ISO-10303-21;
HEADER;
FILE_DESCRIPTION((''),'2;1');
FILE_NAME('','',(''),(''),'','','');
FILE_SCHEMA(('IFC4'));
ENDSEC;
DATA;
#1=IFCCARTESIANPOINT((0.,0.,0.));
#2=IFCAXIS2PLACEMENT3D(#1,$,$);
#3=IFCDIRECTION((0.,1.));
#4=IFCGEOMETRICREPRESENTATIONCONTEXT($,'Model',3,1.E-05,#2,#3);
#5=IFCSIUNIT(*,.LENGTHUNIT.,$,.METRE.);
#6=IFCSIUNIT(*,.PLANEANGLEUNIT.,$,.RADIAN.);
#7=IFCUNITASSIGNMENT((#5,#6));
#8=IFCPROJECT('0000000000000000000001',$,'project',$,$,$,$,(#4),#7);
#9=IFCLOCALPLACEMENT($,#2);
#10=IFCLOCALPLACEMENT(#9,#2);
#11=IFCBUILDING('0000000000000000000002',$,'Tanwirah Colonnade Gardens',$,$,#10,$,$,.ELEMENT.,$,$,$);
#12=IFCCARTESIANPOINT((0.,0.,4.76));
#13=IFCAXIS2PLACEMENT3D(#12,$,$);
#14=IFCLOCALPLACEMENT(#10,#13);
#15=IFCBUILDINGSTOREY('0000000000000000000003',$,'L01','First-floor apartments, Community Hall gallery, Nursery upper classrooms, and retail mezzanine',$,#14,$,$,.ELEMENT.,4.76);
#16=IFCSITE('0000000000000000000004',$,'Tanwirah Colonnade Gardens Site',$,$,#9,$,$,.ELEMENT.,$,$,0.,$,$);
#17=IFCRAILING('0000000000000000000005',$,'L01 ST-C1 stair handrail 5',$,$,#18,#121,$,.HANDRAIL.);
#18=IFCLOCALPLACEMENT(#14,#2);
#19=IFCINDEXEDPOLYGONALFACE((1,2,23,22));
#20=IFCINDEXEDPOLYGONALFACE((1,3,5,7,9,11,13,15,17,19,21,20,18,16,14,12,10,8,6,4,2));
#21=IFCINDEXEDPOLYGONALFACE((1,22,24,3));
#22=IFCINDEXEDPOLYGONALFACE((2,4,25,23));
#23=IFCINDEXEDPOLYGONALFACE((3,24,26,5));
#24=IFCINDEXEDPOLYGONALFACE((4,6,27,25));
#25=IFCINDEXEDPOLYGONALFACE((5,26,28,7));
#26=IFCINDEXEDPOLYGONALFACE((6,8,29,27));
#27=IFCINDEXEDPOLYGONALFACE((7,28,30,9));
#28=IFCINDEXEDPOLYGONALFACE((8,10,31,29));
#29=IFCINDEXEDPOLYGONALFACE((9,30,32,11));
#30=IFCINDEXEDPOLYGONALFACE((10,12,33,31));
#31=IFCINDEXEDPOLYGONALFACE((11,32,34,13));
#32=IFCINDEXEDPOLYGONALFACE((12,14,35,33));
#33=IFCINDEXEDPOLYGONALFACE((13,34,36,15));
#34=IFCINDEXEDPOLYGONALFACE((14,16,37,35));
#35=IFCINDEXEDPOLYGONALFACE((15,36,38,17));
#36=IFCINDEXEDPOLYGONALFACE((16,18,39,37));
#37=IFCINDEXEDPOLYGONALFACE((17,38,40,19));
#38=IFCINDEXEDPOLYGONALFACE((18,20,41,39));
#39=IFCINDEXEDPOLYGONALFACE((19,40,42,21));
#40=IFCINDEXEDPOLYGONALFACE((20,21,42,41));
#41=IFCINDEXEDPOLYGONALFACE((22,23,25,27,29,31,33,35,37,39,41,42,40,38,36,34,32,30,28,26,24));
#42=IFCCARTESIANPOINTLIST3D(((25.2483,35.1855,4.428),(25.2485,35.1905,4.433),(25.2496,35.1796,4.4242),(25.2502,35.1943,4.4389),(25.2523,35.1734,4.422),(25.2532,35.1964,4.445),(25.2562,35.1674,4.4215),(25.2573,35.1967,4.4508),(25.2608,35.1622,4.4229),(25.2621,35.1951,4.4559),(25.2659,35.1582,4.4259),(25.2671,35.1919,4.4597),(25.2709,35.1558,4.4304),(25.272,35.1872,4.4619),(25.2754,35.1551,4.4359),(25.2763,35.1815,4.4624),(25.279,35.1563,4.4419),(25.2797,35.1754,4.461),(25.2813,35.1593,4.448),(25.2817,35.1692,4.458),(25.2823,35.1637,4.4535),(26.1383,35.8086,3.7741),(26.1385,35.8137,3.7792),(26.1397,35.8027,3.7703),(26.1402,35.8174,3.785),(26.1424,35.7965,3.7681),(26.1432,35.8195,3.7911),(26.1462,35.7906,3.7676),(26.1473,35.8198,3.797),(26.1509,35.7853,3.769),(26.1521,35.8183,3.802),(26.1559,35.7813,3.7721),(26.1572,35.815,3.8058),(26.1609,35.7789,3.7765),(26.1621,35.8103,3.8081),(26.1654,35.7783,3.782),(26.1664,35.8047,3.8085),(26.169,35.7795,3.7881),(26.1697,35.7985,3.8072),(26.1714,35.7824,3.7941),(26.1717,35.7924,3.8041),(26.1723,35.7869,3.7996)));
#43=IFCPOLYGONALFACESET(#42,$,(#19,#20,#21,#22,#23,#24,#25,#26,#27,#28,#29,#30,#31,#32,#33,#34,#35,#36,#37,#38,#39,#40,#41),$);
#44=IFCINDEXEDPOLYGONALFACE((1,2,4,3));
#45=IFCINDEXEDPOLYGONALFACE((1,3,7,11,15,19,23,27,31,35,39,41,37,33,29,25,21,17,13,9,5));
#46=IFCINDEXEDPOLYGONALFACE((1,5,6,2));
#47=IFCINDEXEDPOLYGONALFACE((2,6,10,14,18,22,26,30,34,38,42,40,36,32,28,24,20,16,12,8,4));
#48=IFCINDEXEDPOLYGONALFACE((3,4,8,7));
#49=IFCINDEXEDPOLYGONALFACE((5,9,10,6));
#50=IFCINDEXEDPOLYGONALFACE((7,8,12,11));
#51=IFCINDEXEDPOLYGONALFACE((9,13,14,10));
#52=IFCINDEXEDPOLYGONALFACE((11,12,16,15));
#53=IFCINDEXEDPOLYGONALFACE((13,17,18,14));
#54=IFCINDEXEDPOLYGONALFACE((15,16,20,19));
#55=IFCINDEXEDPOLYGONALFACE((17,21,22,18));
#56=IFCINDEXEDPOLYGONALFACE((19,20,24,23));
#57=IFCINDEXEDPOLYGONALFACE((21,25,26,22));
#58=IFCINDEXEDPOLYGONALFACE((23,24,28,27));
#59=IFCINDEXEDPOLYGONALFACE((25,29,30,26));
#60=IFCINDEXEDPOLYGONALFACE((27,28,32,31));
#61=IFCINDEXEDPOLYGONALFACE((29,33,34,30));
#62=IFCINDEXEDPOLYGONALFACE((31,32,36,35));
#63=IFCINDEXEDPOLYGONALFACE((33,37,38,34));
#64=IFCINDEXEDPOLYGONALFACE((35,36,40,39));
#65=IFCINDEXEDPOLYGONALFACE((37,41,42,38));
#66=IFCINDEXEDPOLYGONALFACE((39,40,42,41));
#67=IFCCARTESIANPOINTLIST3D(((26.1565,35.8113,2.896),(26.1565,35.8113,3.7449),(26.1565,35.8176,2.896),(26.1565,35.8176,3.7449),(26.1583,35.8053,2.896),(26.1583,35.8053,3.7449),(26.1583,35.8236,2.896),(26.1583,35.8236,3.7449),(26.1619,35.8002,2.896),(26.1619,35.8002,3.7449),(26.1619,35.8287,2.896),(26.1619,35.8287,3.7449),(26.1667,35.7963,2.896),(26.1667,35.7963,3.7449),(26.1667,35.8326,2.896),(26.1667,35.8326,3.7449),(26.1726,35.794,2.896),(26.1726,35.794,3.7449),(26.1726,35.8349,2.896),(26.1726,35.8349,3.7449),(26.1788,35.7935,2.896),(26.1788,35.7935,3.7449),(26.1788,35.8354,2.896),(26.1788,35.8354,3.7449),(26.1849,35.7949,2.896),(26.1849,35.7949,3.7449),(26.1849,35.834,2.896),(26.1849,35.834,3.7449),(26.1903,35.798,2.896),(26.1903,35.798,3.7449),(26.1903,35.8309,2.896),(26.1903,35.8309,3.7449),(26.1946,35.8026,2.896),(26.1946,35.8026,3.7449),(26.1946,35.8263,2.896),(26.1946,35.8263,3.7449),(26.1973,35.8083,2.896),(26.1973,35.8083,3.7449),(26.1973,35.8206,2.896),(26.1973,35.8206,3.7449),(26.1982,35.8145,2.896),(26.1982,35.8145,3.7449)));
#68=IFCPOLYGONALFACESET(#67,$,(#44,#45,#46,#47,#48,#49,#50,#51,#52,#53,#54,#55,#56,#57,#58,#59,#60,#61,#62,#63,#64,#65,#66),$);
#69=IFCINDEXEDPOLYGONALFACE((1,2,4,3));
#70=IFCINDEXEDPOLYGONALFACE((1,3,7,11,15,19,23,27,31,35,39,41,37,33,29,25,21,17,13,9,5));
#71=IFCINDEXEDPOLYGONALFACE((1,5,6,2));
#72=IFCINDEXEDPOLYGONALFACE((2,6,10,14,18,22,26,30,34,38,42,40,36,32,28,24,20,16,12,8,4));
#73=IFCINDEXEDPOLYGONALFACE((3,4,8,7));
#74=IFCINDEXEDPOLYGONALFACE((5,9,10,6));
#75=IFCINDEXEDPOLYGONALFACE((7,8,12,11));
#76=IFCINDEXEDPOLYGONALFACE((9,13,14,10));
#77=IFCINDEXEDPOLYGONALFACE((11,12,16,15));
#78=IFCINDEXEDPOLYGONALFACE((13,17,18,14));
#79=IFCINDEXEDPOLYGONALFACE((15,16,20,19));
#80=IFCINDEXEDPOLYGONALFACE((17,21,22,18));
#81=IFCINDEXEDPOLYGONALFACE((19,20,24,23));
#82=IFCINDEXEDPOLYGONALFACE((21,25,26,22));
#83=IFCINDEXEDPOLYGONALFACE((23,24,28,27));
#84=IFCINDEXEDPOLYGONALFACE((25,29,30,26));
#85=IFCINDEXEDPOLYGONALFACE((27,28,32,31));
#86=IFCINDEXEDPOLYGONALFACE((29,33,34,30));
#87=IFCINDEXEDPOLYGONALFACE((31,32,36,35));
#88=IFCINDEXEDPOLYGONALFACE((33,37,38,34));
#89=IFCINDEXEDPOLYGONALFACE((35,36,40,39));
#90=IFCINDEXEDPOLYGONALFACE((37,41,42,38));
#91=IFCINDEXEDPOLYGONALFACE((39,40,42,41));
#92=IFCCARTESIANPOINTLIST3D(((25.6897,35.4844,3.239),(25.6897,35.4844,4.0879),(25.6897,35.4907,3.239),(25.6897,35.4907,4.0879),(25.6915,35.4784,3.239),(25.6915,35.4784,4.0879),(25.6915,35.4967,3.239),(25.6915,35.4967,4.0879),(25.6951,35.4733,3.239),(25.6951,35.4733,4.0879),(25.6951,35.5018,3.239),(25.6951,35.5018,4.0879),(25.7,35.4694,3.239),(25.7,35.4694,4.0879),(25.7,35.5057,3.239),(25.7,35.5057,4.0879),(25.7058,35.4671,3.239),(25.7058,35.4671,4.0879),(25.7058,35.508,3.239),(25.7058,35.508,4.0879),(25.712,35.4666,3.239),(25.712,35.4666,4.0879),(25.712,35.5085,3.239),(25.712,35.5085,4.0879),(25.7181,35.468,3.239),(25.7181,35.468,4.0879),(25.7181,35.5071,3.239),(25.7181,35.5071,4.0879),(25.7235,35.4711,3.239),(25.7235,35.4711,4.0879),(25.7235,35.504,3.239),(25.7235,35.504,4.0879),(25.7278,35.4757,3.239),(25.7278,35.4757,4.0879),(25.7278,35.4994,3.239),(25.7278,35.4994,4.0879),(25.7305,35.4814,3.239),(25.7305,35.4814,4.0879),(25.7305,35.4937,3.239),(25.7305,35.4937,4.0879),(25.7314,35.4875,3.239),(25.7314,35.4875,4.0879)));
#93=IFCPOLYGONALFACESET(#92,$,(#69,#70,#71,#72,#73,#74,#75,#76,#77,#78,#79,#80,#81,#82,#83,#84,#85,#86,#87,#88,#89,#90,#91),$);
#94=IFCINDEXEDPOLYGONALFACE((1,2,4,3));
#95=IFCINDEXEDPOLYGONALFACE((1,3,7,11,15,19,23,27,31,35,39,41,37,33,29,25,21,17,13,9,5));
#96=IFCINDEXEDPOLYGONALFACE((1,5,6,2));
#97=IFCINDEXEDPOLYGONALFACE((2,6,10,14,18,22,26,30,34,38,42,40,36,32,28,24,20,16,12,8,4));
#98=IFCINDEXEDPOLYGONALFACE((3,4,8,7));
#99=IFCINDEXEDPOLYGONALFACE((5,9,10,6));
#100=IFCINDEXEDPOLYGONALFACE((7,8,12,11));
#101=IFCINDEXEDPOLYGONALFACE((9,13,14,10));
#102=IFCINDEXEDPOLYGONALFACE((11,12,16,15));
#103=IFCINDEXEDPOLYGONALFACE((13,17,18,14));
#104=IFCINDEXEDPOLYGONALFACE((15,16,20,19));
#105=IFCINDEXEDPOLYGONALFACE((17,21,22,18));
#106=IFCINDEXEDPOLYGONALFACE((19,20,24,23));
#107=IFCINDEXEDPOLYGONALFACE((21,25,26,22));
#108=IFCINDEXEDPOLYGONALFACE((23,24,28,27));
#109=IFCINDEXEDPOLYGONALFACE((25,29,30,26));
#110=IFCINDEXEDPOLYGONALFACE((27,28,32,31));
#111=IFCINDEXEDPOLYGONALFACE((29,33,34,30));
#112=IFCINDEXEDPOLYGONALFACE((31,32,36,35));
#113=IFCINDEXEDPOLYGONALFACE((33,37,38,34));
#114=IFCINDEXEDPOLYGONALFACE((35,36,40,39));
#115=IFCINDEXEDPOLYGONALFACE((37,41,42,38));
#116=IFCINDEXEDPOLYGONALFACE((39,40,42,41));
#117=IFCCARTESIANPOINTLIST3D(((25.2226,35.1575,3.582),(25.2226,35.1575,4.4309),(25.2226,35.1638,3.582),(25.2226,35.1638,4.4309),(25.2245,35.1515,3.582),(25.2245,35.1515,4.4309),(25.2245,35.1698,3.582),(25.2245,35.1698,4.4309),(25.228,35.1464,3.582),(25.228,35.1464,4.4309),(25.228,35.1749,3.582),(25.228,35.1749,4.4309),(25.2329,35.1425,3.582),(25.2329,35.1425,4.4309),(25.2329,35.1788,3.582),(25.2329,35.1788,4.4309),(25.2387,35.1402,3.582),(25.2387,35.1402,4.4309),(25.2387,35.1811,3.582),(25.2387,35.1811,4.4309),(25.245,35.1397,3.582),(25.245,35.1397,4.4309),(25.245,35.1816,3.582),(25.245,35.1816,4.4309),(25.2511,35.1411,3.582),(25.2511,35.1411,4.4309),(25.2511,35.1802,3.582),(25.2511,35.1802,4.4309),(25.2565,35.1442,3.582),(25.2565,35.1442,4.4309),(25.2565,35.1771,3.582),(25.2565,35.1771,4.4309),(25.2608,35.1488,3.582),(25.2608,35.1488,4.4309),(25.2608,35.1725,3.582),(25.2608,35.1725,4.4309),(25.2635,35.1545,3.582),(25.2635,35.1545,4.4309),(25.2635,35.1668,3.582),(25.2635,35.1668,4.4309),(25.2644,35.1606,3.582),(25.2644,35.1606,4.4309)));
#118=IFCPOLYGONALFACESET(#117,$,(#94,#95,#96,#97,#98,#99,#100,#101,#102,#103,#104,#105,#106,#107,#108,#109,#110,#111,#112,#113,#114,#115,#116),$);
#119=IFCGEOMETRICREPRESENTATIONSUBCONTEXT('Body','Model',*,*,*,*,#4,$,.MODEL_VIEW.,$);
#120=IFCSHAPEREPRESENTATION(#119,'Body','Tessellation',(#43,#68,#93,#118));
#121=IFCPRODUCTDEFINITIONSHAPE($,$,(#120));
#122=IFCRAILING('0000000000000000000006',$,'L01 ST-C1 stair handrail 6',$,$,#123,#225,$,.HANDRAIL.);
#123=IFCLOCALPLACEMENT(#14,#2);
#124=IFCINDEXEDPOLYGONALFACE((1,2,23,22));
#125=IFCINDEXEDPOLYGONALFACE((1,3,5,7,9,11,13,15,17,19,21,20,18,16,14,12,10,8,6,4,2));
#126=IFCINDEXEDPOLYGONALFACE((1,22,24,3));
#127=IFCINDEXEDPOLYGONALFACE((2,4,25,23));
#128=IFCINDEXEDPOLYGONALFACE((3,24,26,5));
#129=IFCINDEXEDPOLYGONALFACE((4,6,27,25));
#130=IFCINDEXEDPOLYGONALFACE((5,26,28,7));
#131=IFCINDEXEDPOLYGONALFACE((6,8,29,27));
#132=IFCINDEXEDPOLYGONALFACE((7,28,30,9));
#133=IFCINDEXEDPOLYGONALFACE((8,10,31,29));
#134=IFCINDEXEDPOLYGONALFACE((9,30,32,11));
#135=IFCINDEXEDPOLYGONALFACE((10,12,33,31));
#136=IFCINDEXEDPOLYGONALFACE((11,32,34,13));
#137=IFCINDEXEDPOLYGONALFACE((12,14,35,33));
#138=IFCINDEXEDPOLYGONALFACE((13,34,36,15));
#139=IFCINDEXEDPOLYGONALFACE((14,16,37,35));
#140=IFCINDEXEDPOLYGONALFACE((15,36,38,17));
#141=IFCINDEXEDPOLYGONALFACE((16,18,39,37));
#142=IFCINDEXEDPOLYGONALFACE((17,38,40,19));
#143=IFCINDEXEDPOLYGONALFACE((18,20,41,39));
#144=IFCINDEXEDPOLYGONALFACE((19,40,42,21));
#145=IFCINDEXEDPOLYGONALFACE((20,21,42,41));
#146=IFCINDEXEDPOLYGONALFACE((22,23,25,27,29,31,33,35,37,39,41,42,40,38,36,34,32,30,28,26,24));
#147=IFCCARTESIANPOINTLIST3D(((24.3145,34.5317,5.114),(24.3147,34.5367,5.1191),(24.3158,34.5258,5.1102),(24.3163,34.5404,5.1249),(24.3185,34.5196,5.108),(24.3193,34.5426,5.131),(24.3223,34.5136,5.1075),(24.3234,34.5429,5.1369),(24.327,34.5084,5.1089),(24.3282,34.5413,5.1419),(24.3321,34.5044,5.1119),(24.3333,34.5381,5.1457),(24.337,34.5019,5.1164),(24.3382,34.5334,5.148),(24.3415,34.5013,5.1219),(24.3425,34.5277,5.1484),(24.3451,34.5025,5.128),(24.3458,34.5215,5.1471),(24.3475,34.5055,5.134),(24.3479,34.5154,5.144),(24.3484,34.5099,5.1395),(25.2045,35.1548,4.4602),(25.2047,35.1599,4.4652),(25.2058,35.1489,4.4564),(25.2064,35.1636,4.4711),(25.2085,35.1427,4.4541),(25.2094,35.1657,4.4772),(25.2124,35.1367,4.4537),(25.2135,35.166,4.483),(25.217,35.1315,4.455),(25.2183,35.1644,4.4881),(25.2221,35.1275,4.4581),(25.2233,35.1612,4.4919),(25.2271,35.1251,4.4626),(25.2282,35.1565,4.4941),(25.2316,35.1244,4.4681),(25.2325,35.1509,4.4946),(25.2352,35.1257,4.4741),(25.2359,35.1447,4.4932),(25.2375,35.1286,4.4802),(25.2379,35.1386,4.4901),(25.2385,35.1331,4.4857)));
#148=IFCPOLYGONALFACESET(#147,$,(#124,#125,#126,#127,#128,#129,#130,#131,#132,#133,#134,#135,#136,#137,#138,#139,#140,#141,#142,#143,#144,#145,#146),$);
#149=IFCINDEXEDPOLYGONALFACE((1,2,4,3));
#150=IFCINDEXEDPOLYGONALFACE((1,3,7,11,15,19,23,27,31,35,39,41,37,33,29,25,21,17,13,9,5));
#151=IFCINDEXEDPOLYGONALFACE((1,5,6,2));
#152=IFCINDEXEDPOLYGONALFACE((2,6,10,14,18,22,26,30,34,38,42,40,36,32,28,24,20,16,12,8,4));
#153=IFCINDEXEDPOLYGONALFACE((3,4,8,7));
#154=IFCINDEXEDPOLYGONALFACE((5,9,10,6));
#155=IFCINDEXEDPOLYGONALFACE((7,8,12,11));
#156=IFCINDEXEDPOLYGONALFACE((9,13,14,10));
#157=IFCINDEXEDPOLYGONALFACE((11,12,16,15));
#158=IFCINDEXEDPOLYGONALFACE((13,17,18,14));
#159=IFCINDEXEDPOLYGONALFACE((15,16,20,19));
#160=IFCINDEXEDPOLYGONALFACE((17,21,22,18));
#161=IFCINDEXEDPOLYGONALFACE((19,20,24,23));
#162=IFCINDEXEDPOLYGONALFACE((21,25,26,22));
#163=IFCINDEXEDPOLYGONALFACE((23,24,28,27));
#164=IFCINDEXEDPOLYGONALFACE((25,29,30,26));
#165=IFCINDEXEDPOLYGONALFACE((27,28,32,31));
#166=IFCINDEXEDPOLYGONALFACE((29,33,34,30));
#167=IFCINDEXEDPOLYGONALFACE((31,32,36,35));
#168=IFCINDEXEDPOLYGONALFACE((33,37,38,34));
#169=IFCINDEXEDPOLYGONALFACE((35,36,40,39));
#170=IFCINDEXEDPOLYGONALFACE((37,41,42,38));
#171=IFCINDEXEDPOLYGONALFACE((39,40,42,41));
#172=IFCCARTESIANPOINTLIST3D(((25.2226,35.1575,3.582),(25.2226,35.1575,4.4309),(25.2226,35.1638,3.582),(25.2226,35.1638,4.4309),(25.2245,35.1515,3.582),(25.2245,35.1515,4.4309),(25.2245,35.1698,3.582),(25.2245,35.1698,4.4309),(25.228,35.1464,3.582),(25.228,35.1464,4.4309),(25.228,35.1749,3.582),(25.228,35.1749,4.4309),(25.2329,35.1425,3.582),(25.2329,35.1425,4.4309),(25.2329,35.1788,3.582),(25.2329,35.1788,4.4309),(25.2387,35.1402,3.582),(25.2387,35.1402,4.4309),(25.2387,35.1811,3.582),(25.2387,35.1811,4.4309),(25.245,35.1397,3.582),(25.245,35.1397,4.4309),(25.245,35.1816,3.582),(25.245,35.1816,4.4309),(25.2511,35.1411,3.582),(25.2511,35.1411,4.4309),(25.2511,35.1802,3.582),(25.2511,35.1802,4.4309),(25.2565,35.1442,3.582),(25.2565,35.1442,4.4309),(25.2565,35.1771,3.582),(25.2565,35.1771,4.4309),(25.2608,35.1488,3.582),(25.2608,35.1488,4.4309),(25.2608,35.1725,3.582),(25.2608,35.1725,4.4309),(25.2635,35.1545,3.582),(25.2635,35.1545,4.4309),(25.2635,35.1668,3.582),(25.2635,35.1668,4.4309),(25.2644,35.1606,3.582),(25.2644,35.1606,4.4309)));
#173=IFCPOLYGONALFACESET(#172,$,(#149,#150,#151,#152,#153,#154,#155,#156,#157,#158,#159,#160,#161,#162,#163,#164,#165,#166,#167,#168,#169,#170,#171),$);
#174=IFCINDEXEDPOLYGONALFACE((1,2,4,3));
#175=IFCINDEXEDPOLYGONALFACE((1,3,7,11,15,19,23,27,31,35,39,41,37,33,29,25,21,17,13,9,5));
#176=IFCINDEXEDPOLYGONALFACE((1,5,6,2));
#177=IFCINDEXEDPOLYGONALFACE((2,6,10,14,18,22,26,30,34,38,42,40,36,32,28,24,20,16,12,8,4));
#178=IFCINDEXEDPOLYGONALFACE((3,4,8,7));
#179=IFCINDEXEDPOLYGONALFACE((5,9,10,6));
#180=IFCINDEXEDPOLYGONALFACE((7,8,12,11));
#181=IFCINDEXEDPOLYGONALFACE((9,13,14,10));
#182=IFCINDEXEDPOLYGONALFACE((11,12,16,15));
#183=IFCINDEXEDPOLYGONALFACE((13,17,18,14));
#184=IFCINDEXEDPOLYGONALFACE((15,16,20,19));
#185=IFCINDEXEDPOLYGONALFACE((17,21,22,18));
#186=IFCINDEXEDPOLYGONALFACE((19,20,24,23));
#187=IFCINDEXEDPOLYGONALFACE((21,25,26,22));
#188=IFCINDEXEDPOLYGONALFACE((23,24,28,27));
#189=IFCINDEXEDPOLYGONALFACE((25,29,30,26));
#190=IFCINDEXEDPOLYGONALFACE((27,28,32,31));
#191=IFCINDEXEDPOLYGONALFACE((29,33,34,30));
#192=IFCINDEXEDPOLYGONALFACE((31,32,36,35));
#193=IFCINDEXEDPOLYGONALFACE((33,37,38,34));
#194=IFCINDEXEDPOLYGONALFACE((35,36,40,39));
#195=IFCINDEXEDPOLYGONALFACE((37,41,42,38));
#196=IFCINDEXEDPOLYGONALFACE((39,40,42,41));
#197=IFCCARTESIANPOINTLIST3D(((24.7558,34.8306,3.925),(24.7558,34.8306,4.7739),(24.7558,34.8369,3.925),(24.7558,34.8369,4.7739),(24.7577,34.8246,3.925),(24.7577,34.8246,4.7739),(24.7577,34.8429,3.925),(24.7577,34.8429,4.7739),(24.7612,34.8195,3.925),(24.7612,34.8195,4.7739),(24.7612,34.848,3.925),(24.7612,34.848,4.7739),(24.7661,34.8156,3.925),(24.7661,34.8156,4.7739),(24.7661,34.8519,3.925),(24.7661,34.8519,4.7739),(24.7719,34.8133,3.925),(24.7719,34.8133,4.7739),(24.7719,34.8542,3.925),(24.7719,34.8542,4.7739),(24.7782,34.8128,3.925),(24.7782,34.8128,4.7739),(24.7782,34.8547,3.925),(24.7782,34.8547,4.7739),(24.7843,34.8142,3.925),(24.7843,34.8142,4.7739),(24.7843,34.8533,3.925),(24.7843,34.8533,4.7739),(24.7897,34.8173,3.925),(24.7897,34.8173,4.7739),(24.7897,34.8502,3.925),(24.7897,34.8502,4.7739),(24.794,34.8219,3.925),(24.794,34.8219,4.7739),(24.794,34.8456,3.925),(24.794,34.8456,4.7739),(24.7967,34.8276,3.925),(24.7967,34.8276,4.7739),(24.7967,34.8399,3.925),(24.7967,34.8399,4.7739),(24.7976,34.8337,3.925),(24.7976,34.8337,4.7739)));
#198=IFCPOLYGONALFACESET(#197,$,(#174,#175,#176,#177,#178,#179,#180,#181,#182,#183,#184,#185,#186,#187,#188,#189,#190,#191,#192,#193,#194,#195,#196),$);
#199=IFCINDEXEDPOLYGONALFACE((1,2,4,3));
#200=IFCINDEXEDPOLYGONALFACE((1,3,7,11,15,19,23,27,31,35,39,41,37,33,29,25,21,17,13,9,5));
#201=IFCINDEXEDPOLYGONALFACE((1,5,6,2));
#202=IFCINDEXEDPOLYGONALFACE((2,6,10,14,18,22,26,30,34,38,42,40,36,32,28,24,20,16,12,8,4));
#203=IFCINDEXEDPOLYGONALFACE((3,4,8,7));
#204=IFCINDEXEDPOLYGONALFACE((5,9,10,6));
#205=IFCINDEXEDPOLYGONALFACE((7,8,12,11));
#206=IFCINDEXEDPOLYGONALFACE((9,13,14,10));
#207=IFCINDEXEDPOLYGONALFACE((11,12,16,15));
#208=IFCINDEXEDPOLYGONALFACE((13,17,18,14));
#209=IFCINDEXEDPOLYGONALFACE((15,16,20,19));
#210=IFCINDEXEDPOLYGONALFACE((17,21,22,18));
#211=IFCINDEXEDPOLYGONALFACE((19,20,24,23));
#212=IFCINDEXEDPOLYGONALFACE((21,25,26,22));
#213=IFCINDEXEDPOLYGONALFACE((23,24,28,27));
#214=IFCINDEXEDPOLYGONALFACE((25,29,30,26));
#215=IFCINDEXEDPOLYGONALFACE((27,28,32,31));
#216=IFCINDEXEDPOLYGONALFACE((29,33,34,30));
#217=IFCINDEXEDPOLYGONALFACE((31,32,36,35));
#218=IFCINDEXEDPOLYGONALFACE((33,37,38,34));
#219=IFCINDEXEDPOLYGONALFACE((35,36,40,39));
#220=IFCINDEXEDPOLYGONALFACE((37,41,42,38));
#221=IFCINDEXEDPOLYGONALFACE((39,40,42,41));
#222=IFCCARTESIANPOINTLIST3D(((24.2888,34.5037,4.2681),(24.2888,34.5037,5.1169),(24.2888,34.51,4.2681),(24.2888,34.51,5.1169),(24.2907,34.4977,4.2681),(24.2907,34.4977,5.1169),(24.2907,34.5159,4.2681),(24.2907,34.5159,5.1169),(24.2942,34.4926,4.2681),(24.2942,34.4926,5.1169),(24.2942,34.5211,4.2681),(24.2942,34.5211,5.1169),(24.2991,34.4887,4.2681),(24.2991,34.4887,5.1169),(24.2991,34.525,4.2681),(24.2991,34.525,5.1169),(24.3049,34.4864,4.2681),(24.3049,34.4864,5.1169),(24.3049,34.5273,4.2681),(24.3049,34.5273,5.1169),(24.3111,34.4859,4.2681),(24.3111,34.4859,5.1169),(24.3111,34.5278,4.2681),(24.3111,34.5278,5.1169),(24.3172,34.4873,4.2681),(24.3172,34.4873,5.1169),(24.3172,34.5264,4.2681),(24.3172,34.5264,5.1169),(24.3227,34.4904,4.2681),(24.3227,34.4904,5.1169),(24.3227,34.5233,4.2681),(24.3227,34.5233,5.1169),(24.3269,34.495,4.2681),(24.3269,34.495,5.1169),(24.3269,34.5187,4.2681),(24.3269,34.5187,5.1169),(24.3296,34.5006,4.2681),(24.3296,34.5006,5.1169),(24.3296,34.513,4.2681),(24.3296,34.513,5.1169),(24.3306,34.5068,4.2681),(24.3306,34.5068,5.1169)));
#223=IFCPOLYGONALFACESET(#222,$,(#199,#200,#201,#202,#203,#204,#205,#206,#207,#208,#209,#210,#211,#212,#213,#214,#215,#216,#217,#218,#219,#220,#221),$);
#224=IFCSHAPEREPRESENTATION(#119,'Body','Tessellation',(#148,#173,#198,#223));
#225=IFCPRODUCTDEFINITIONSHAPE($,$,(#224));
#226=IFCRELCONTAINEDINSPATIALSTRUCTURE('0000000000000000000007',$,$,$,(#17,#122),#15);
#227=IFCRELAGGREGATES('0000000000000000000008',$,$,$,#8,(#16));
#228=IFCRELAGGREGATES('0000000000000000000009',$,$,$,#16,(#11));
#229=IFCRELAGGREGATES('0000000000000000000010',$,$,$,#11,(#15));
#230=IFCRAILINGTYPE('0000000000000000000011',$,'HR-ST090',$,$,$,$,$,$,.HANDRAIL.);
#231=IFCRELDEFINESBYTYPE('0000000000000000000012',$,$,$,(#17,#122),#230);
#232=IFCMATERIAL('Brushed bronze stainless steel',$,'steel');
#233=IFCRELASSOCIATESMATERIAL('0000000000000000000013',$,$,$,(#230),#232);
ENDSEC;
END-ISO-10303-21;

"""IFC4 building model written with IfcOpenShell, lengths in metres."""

from ifc_helpers import new_model, si_unit, direction, frame, origin, origin_2d, place, context, subcontext, project, spatial, circle, extrude, material, type_object, element, save


model = new_model("IFC4")

# Units and contexts
model_context = context("Model", 3, precision=1e-05, world=origin(), true_north=direction((0.0, 1.0)))
body_context = subcontext(model_context, "Body", "Model", "MODEL_VIEW")
ifc_project = project(units=[si_unit("LENGTHUNIT", "METRE"), si_unit("PLANEANGLEUNIT", "RADIAN")], contexts=[model_context])

# Site, building, storey
site_placement = place(None, origin())
site = spatial("IfcSite", under=ifc_project, at=site_placement, Name="Tanwirah Colonnade Gardens Site", CompositionType="ELEMENT", RefElevation=0.0)
building_placement = place(site_placement, origin())
building = spatial("IfcBuilding", under=site, at=building_placement, Name="Tanwirah Colonnade Gardens", CompositionType="ELEMENT")
storey_placement = place(building_placement, frame((0.0, 0.0, 4.76)))
storey = spatial("IfcBuildingStorey", under=building, at=storey_placement, Name="L01", Description="First-floor apartments, Community Hall gallery, Nursery upper classrooms, and retail mezzanine", CompositionType="ELEMENT", Elevation=4.76)

# Railings
ifc_material_1 = material(Name="Brushed bronze stainless steel", Category="steel")
railing_type_1 = type_object("IfcRailingType", Name="HR-ST090", PredefinedType="HANDRAIL", material=ifc_material_1)
for number, where, name in (
    (1, (26.1772, 35.8145, 2.896), "L01 ST-C1 stair handrail 5"),
    (2, (25.2434, 35.1606, 3.582), "L01 ST-C1 stair handrail 6"),
):
    element("IfcRailing", number, at=place(storey_placement, frame(where)), inside=storey, type_object=railing_type_1, Name=name, PredefinedType="HANDRAIL", context=body_context, shape_type="SweptSolid", body=[
        extrude(circle(Radius=0.0239, at=origin_2d()), frame((-0.022, -0.0154, 0.8921), z_axis=(-0.701883, -0.49141, 0.515632), x_axis=(0.573534, -0.819182, 0.0)), (0.0, 0.0, 1.0), 1.2681),
        extrude(circle(Radius=0.021, at=origin_2d()), origin(), (0.0, 0.0, 1.0), 0.8489),
        extrude(circle(Radius=0.021, at=origin_2d()), frame((-0.4668, -0.3269, 0.343)), (0.0, 0.0, 1.0), 0.8489),
        extrude(circle(Radius=0.021, at=origin_2d()), frame((-0.9338, -0.6538, 0.686)), (0.0, 0.0, 1.0), 0.8489),
    ])

save(model, "model.ifc")
